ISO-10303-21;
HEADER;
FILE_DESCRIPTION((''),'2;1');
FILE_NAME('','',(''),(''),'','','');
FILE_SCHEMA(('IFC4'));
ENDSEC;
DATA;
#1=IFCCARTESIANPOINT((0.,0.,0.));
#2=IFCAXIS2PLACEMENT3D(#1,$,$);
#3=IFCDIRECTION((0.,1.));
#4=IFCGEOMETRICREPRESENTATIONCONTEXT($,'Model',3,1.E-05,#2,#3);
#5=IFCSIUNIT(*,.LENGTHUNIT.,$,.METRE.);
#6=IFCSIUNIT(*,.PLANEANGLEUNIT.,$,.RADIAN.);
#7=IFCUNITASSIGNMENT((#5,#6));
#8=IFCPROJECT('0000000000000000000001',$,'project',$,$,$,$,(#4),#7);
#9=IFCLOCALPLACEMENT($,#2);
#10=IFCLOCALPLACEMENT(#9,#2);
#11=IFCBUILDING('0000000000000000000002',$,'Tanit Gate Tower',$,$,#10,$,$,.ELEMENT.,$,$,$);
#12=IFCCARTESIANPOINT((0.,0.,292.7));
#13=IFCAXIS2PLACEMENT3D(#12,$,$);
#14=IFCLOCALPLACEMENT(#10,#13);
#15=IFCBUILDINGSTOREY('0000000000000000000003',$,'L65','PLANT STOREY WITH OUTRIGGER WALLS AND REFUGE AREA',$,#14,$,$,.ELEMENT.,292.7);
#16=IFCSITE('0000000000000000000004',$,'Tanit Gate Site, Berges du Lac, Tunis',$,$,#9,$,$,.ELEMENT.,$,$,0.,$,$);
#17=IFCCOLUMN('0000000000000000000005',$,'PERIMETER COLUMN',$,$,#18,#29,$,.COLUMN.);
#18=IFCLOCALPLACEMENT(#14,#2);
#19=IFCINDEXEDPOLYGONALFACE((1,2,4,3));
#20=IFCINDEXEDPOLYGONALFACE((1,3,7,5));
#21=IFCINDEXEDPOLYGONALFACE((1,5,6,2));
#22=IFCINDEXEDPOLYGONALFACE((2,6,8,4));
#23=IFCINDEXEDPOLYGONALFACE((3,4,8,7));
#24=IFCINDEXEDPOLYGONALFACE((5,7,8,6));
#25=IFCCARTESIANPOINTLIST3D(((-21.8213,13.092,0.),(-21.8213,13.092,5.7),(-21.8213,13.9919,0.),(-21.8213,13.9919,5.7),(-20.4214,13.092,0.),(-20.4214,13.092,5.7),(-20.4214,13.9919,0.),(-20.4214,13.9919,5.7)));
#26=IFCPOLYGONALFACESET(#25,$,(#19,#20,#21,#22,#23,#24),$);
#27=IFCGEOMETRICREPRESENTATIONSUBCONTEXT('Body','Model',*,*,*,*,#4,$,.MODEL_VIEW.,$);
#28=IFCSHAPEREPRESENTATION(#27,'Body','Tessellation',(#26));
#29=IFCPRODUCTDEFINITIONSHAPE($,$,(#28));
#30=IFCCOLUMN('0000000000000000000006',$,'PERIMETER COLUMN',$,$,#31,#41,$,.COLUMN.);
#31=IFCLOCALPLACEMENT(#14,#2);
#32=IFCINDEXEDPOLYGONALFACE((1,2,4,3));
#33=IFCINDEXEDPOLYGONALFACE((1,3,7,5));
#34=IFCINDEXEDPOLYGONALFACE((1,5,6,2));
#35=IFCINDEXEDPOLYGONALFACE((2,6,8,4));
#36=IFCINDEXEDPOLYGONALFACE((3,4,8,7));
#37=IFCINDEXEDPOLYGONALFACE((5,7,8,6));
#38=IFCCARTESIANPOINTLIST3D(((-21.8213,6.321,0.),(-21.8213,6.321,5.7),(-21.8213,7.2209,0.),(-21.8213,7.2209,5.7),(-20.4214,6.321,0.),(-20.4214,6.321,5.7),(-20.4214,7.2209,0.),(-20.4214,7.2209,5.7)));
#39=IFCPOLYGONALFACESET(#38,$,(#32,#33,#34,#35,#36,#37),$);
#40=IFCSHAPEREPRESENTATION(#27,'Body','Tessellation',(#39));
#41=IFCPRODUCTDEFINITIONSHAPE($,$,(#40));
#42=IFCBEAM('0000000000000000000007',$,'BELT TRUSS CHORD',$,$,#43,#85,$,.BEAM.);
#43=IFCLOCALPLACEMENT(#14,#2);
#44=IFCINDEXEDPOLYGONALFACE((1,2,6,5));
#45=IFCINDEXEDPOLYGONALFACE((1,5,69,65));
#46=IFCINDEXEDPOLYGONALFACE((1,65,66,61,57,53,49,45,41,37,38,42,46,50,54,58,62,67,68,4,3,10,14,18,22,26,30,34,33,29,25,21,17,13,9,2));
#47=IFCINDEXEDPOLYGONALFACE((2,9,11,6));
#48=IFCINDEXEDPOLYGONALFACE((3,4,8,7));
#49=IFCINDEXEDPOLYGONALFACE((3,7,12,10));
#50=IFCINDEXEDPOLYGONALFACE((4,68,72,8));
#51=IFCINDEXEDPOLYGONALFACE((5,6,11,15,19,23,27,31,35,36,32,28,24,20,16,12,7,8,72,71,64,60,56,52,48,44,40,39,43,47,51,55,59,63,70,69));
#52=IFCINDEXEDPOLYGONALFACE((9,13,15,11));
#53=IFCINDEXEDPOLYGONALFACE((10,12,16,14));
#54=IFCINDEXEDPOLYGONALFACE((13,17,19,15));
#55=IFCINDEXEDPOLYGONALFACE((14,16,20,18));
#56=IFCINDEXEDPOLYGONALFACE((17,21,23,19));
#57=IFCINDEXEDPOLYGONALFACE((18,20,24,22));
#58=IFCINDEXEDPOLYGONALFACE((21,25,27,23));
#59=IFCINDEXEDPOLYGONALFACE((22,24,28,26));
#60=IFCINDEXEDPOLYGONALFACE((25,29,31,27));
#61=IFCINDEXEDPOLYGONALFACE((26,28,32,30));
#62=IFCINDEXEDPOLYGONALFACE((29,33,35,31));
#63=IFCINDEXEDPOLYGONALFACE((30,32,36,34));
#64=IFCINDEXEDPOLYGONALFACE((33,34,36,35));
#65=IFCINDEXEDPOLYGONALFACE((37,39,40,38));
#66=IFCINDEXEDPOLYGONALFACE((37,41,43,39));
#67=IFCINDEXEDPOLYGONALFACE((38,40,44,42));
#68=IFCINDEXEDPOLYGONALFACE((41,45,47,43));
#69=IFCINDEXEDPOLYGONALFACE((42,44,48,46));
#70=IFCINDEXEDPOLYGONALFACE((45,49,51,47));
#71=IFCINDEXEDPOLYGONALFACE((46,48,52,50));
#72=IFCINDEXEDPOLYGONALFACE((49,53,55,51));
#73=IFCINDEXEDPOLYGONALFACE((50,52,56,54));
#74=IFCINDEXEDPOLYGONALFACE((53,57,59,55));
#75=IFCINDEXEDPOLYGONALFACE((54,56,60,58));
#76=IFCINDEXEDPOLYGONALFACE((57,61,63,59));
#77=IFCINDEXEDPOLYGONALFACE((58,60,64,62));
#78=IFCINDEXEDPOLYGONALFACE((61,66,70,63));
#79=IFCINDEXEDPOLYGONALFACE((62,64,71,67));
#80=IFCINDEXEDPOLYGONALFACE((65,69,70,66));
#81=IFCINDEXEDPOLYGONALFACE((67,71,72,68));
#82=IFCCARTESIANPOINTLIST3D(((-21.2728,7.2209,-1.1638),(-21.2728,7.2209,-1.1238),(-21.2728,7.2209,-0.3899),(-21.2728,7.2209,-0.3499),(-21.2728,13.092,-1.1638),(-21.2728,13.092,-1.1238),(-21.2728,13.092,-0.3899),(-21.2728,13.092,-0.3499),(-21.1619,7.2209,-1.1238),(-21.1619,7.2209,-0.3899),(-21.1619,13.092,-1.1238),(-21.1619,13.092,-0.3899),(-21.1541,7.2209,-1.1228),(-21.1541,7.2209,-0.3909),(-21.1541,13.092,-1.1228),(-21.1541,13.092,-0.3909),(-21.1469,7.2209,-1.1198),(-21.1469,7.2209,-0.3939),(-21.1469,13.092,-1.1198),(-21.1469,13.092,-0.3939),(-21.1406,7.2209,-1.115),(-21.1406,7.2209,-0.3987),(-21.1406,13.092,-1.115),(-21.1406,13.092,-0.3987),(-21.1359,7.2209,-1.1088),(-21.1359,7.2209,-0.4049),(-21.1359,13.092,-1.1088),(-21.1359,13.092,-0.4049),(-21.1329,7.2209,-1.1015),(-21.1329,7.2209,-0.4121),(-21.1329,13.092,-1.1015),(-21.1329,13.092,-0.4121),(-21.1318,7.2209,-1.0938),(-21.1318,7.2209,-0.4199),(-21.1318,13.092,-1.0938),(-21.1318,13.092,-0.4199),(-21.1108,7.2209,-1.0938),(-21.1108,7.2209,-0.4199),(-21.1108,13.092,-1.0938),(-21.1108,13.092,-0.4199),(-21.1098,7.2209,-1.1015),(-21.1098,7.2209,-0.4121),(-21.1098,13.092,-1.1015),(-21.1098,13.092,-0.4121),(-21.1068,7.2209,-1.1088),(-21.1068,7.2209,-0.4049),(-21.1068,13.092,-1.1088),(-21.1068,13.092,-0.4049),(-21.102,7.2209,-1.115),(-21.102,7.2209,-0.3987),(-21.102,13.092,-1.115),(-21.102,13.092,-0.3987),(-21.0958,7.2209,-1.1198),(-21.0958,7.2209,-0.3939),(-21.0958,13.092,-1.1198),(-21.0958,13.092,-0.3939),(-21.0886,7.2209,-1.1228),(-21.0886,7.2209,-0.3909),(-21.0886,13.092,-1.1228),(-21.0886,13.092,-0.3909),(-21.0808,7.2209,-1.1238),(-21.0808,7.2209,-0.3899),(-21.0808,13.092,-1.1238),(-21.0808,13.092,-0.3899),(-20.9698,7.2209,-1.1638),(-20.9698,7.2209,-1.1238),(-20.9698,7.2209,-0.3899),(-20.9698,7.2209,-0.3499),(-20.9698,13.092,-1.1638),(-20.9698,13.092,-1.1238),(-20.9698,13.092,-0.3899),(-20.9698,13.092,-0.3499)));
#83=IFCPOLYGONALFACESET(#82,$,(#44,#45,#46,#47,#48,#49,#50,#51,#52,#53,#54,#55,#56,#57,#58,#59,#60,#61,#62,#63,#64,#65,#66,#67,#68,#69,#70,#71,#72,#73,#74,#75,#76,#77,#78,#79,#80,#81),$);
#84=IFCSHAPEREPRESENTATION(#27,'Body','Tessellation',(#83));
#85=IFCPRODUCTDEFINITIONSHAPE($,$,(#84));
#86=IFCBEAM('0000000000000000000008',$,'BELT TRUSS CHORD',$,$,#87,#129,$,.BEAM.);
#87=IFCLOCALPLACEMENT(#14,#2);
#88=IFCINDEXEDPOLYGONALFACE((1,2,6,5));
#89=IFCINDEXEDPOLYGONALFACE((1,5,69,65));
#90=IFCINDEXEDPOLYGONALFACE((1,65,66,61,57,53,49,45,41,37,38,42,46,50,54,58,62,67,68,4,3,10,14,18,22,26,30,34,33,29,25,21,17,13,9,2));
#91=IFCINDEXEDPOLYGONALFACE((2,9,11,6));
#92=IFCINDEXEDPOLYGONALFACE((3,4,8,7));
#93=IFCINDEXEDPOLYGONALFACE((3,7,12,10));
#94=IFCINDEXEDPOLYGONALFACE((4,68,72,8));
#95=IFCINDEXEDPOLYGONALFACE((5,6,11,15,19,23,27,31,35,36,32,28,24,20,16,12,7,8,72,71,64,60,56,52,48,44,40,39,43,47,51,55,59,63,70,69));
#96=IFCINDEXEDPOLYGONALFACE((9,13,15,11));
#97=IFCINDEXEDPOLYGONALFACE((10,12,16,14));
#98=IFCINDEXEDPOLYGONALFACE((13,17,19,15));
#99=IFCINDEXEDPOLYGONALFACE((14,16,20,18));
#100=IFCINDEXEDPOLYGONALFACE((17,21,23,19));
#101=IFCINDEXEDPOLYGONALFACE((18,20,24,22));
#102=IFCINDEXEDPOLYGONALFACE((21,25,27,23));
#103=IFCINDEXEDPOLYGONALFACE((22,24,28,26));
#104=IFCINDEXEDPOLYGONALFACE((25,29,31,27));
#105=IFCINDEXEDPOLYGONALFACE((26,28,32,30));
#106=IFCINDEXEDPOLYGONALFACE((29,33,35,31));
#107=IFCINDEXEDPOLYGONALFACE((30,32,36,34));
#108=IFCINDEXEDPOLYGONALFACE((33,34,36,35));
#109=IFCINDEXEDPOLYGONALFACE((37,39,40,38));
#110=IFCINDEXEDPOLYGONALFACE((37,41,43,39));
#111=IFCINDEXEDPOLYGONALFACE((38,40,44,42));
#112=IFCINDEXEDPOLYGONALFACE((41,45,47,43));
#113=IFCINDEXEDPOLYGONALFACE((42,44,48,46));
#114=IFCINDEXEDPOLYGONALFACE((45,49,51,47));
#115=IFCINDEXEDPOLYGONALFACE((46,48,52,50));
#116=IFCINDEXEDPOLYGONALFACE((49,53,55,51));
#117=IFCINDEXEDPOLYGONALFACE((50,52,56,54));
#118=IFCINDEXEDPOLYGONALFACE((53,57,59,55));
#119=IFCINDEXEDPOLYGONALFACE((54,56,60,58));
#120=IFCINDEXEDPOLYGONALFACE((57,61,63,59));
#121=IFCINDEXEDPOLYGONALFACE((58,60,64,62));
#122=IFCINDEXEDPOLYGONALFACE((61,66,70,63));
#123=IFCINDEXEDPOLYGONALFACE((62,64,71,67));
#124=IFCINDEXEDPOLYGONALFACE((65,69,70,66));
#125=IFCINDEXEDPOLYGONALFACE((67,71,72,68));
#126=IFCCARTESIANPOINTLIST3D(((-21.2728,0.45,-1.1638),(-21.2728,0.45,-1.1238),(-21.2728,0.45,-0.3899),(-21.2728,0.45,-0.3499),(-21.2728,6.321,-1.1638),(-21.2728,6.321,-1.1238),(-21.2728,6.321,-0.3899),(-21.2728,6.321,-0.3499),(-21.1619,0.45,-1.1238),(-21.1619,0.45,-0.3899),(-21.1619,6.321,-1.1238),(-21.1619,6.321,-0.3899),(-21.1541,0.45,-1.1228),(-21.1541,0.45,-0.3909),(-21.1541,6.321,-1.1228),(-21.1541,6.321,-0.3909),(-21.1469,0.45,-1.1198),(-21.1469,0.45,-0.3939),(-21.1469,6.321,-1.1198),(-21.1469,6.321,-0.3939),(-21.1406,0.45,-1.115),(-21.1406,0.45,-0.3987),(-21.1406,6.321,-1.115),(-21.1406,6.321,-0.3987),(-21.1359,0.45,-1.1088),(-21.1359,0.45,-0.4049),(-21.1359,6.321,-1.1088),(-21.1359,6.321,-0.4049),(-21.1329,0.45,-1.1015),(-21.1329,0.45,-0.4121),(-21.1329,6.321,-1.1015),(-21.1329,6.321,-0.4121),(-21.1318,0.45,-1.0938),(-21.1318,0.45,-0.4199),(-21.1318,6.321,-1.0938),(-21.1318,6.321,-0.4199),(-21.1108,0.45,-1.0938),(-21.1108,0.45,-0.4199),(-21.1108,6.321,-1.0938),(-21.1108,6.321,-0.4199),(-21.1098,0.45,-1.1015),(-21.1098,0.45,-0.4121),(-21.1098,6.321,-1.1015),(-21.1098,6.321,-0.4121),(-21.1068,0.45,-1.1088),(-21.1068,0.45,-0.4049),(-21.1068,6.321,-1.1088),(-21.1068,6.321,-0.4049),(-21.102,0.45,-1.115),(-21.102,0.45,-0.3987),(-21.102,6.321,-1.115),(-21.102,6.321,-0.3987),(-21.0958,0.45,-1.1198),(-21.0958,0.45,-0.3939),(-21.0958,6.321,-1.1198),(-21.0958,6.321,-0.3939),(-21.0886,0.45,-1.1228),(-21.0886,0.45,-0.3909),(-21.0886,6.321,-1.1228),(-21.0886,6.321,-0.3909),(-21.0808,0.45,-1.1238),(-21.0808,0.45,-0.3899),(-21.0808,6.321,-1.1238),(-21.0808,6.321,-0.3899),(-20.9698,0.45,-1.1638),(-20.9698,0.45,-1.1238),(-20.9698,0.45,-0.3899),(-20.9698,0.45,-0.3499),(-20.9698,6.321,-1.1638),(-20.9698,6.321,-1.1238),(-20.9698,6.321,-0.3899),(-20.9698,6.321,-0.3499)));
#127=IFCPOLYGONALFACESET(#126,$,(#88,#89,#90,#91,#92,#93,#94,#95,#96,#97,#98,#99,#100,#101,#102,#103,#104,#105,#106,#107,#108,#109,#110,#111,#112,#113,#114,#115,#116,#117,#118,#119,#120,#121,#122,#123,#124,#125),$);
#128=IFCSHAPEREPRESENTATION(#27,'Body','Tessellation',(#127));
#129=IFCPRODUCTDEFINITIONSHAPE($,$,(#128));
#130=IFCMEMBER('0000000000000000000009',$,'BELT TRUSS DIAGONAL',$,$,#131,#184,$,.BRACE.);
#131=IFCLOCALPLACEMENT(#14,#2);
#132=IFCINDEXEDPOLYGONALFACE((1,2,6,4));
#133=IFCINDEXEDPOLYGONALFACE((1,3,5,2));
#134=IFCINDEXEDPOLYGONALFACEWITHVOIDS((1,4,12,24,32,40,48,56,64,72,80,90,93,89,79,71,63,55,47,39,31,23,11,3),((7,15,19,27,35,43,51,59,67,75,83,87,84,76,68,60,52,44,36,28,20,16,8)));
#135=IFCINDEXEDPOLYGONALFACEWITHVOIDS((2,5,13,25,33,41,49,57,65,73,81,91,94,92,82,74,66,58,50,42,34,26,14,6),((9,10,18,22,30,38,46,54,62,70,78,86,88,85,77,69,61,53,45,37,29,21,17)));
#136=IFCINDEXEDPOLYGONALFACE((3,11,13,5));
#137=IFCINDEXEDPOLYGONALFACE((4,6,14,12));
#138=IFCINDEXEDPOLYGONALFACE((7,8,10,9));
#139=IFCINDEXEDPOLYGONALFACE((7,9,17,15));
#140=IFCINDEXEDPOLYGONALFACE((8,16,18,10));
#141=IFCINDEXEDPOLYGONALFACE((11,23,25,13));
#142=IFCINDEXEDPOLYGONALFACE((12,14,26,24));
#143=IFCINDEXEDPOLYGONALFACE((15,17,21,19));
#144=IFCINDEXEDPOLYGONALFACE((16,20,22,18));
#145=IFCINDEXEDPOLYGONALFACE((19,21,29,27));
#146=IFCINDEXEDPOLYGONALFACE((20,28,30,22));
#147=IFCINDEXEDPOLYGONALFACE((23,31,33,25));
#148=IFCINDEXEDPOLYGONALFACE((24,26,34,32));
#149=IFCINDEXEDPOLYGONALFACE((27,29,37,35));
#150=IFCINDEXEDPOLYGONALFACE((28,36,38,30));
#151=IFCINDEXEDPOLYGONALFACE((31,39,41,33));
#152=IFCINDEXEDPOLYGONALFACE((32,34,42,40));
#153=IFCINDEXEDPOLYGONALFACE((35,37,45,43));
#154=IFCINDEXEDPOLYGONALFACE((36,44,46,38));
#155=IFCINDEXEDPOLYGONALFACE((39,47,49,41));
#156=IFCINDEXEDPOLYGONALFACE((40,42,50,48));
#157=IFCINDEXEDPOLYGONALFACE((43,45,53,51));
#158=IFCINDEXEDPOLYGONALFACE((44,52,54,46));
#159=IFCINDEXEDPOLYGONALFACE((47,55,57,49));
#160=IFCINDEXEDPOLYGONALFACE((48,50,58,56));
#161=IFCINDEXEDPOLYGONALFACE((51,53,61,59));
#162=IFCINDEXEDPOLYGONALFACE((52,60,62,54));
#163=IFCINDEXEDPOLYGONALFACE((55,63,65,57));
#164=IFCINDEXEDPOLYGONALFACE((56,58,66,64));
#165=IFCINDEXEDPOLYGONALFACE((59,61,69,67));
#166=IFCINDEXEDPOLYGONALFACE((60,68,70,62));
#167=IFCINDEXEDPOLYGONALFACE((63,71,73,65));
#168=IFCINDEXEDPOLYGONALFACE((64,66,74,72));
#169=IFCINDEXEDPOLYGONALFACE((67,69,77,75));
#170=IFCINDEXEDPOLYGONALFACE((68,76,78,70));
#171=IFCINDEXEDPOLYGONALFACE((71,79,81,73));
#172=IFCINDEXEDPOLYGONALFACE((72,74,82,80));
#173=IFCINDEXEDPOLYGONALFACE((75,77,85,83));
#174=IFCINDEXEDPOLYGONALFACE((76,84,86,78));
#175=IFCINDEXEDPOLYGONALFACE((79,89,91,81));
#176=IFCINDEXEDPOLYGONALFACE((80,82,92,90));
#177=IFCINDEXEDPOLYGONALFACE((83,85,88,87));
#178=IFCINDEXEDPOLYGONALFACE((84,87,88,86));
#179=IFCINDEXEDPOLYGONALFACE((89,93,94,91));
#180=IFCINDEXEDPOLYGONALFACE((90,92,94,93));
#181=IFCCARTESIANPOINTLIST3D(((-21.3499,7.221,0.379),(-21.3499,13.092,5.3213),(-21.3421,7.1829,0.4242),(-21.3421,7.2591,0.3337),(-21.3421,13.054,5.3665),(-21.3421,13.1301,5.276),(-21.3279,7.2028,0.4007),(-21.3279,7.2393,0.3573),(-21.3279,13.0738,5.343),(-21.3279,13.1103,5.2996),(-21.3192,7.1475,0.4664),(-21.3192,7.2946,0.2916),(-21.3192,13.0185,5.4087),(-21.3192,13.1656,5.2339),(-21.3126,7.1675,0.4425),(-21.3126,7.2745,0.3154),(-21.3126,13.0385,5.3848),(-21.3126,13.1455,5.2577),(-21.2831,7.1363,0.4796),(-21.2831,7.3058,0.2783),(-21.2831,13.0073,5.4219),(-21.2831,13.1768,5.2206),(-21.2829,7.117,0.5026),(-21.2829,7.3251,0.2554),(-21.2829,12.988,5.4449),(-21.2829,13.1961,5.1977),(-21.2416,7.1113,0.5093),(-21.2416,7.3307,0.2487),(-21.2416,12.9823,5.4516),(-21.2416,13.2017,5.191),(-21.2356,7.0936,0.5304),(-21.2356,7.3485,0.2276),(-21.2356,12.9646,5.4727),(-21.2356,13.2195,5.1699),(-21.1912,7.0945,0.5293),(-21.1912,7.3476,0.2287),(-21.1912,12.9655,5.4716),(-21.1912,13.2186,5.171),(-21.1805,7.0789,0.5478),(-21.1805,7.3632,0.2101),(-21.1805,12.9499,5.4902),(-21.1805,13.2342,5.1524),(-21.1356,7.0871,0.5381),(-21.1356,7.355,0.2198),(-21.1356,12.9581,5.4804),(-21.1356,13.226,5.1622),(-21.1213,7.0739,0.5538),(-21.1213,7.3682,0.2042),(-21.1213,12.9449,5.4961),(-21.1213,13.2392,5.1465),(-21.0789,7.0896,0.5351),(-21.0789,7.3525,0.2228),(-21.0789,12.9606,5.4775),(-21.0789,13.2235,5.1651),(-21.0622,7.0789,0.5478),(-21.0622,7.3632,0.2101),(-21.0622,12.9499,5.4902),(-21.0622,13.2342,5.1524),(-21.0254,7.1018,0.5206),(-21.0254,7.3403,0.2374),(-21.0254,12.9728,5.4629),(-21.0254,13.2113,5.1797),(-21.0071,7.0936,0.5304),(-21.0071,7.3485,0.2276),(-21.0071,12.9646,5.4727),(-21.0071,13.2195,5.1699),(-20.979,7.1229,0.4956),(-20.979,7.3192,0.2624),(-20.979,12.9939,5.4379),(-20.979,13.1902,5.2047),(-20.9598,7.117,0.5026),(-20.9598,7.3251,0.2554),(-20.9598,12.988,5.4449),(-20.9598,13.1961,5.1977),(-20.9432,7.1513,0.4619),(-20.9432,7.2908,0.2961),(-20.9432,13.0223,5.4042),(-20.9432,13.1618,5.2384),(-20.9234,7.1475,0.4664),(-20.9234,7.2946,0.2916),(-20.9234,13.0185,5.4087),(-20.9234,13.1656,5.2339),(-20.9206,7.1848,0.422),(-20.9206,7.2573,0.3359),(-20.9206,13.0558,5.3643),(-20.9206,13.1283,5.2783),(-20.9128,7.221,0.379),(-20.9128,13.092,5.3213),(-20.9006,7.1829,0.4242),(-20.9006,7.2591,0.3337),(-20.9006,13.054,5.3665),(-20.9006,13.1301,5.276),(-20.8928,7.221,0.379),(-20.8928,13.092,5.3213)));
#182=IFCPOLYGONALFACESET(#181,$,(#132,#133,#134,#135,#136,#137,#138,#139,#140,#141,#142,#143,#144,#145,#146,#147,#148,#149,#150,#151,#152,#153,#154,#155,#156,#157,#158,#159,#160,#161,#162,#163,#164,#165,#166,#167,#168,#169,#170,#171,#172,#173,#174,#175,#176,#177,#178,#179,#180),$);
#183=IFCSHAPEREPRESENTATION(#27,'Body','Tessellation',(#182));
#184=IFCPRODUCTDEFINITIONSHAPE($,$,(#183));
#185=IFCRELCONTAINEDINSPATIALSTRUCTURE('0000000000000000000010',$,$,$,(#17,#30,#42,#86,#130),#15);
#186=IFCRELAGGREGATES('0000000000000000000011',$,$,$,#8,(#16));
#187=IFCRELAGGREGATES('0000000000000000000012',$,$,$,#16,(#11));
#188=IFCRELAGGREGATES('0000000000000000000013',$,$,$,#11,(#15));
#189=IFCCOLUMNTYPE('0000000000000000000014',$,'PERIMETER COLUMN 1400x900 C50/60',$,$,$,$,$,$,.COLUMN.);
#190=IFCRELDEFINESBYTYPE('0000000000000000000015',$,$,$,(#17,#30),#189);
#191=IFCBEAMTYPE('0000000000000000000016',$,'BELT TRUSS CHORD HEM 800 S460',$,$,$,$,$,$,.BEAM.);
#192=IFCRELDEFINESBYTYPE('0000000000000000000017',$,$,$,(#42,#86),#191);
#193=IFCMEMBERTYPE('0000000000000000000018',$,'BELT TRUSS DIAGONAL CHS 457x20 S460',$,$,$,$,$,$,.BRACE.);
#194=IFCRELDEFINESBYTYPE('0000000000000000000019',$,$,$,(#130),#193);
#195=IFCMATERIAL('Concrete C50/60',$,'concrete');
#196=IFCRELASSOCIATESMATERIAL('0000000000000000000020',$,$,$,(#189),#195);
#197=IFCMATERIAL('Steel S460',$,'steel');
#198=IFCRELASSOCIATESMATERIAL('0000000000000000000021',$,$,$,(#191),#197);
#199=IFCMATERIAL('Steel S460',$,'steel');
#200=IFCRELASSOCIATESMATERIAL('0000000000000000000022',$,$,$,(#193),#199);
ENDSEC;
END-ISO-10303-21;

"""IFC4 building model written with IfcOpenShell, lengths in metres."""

from ifc_helpers import new_model, si_unit, direction, frame, origin, origin_2d, place, context, subcontext, project, spatial, rectangle, hollow_circle, i_section, extrude, material, material_profile, profile_set, type_object, element, save


model = new_model("IFC4")

# Units and contexts
model_context = context("Model", 3, precision=1e-05, world=origin(), true_north=direction((0.0, 1.0)))
body_context = subcontext(model_context, "Body", "Model", "MODEL_VIEW")
ifc_project = project(units=[si_unit("LENGTHUNIT", "METRE"), si_unit("PLANEANGLEUNIT", "RADIAN")], contexts=[model_context])

# Site, building, storey
site_placement = place(None, origin())
site = spatial("IfcSite", under=ifc_project, at=site_placement, Name="Tanit Gate Site, Berges du Lac, Tunis", CompositionType="ELEMENT", RefElevation=0.0)
building_placement = place(site_placement, origin())
building = spatial("IfcBuilding", under=site, at=building_placement, Name="Tanit Gate Tower", CompositionType="ELEMENT")
storey_placement = place(building_placement, frame((0.0, 0.0, 292.7)))
storey = spatial("IfcBuildingStorey", under=building, at=storey_placement, Name="L65", Description="PLANT STOREY WITH OUTRIGGER WALLS AND REFUGE AREA", CompositionType="ELEMENT", Elevation=292.7)

# Columns
ifc_material_1 = material(Name="Concrete C50/60", Category="concrete")
ifc_material_profile_1 = material_profile(ifc_material_1, rectangle(XDim=1.3999, YDim=0.8999, at=origin_2d()), Name="RC 1400x900")
ifc_profile_set_1 = profile_set([ifc_material_profile_1], Name="Concrete C50/60")
column_type = type_object("IfcColumnType", Name="PERIMETER COLUMN 1400x900 C50/60", PredefinedType="COLUMN", material=ifc_profile_set_1)
for number, where, z_axis, x_axis, name in (
    (1, (-21.1213, 13.542, 0.0), (0.0, 0.0, 1.0), (-1.0, 0.0, 0.0), "PERIMETER COLUMN"),
    (2, (-21.1213, 6.771, 0.0), (0.0, 0.0, 1.0), (-1.0, 0.0, 0.0), "PERIMETER COLUMN"),
):
    element("IfcColumn", number, at=place(storey_placement, frame(where, z_axis=z_axis, x_axis=x_axis)), inside=storey, type_object=column_type, Name=name, PredefinedType="COLUMN", context=body_context, shape_type="SweptSolid", body=[
        extrude(rectangle(XDim=1.3999, YDim=0.8999, at=origin_2d()), origin(), (0.0, 0.0, 1.0), 5.7),
    ])

# Beams
ifc_material_2 = material(Name="Steel S460", Category="steel")
ifc_material_profile_2 = material_profile(ifc_material_2, i_section(OverallWidth=0.303, OverallDepth=0.814, WebThickness=0.021, FlangeThickness=0.04, FilletRadius=0.03, at=origin_2d()), Name="HEM 800")
ifc_profile_set_2 = profile_set([ifc_material_profile_2], Name="Steel S460")
beam_type_1 = type_object("IfcBeamType", Name="BELT TRUSS CHORD HEM 800 S460", PredefinedType="BEAM", material=ifc_profile_set_2)
for number, where, z_axis, x_axis, name in (
    (3, (-21.1213, 13.092, -0.7568), (0.0, -1.0, 0.0), (1.0, 0.0, 0.0), "BELT TRUSS CHORD"),
    (4, (-21.1213, 6.321, -0.7568), (0.0, -1.0, 0.0), (1.0, 0.0, 0.0), "BELT TRUSS CHORD"),
):
    element("IfcBeam", number, at=place(storey_placement, frame(where, z_axis=z_axis, x_axis=x_axis)), inside=storey, type_object=beam_type_1, Name=name, PredefinedType="BEAM", context=body_context, shape_type="SweptSolid", body=[
        extrude(i_section(OverallWidth=0.303, OverallDepth=0.814, WebThickness=0.021, FlangeThickness=0.04, FilletRadius=0.03, at=origin_2d()), origin(), (0.0, 0.0, 1.0), 5.8711),
    ])

# Member
ifc_material_3 = material(Name="Steel S460", Category="steel")
ifc_material_profile_3 = material_profile(ifc_material_3, hollow_circle(Radius=0.2285, WallThickness=0.02, at=origin_2d()), Name="CHS 457x20")
ifc_profile_set_3 = profile_set([ifc_material_profile_3], Name="Steel S460")
member_type = type_object("IfcMemberType", Name="BELT TRUSS DIAGONAL CHS 457x20 S460", PredefinedType="BRACE", material=ifc_profile_set_3)
for number, where, z_axis, x_axis, name in (
    (5, (-21.1213, 13.092, 5.3213), (0.0, -0.76502, -0.644006), (1.0, 0.0, 0.0), "BELT TRUSS DIAGONAL"),
):
    element("IfcMember", number, at=place(storey_placement, frame(where, z_axis=z_axis, x_axis=x_axis)), inside=storey, type_object=member_type, Name=name, PredefinedType="BRACE", context=body_context, shape_type="SweptSolid", body=[
        extrude(hollow_circle(Radius=0.2285, WallThickness=0.02, at=origin_2d()), origin(), (0.0, 0.0, 1.0), 7.6743),
    ])

save(model, "model.ifc")
